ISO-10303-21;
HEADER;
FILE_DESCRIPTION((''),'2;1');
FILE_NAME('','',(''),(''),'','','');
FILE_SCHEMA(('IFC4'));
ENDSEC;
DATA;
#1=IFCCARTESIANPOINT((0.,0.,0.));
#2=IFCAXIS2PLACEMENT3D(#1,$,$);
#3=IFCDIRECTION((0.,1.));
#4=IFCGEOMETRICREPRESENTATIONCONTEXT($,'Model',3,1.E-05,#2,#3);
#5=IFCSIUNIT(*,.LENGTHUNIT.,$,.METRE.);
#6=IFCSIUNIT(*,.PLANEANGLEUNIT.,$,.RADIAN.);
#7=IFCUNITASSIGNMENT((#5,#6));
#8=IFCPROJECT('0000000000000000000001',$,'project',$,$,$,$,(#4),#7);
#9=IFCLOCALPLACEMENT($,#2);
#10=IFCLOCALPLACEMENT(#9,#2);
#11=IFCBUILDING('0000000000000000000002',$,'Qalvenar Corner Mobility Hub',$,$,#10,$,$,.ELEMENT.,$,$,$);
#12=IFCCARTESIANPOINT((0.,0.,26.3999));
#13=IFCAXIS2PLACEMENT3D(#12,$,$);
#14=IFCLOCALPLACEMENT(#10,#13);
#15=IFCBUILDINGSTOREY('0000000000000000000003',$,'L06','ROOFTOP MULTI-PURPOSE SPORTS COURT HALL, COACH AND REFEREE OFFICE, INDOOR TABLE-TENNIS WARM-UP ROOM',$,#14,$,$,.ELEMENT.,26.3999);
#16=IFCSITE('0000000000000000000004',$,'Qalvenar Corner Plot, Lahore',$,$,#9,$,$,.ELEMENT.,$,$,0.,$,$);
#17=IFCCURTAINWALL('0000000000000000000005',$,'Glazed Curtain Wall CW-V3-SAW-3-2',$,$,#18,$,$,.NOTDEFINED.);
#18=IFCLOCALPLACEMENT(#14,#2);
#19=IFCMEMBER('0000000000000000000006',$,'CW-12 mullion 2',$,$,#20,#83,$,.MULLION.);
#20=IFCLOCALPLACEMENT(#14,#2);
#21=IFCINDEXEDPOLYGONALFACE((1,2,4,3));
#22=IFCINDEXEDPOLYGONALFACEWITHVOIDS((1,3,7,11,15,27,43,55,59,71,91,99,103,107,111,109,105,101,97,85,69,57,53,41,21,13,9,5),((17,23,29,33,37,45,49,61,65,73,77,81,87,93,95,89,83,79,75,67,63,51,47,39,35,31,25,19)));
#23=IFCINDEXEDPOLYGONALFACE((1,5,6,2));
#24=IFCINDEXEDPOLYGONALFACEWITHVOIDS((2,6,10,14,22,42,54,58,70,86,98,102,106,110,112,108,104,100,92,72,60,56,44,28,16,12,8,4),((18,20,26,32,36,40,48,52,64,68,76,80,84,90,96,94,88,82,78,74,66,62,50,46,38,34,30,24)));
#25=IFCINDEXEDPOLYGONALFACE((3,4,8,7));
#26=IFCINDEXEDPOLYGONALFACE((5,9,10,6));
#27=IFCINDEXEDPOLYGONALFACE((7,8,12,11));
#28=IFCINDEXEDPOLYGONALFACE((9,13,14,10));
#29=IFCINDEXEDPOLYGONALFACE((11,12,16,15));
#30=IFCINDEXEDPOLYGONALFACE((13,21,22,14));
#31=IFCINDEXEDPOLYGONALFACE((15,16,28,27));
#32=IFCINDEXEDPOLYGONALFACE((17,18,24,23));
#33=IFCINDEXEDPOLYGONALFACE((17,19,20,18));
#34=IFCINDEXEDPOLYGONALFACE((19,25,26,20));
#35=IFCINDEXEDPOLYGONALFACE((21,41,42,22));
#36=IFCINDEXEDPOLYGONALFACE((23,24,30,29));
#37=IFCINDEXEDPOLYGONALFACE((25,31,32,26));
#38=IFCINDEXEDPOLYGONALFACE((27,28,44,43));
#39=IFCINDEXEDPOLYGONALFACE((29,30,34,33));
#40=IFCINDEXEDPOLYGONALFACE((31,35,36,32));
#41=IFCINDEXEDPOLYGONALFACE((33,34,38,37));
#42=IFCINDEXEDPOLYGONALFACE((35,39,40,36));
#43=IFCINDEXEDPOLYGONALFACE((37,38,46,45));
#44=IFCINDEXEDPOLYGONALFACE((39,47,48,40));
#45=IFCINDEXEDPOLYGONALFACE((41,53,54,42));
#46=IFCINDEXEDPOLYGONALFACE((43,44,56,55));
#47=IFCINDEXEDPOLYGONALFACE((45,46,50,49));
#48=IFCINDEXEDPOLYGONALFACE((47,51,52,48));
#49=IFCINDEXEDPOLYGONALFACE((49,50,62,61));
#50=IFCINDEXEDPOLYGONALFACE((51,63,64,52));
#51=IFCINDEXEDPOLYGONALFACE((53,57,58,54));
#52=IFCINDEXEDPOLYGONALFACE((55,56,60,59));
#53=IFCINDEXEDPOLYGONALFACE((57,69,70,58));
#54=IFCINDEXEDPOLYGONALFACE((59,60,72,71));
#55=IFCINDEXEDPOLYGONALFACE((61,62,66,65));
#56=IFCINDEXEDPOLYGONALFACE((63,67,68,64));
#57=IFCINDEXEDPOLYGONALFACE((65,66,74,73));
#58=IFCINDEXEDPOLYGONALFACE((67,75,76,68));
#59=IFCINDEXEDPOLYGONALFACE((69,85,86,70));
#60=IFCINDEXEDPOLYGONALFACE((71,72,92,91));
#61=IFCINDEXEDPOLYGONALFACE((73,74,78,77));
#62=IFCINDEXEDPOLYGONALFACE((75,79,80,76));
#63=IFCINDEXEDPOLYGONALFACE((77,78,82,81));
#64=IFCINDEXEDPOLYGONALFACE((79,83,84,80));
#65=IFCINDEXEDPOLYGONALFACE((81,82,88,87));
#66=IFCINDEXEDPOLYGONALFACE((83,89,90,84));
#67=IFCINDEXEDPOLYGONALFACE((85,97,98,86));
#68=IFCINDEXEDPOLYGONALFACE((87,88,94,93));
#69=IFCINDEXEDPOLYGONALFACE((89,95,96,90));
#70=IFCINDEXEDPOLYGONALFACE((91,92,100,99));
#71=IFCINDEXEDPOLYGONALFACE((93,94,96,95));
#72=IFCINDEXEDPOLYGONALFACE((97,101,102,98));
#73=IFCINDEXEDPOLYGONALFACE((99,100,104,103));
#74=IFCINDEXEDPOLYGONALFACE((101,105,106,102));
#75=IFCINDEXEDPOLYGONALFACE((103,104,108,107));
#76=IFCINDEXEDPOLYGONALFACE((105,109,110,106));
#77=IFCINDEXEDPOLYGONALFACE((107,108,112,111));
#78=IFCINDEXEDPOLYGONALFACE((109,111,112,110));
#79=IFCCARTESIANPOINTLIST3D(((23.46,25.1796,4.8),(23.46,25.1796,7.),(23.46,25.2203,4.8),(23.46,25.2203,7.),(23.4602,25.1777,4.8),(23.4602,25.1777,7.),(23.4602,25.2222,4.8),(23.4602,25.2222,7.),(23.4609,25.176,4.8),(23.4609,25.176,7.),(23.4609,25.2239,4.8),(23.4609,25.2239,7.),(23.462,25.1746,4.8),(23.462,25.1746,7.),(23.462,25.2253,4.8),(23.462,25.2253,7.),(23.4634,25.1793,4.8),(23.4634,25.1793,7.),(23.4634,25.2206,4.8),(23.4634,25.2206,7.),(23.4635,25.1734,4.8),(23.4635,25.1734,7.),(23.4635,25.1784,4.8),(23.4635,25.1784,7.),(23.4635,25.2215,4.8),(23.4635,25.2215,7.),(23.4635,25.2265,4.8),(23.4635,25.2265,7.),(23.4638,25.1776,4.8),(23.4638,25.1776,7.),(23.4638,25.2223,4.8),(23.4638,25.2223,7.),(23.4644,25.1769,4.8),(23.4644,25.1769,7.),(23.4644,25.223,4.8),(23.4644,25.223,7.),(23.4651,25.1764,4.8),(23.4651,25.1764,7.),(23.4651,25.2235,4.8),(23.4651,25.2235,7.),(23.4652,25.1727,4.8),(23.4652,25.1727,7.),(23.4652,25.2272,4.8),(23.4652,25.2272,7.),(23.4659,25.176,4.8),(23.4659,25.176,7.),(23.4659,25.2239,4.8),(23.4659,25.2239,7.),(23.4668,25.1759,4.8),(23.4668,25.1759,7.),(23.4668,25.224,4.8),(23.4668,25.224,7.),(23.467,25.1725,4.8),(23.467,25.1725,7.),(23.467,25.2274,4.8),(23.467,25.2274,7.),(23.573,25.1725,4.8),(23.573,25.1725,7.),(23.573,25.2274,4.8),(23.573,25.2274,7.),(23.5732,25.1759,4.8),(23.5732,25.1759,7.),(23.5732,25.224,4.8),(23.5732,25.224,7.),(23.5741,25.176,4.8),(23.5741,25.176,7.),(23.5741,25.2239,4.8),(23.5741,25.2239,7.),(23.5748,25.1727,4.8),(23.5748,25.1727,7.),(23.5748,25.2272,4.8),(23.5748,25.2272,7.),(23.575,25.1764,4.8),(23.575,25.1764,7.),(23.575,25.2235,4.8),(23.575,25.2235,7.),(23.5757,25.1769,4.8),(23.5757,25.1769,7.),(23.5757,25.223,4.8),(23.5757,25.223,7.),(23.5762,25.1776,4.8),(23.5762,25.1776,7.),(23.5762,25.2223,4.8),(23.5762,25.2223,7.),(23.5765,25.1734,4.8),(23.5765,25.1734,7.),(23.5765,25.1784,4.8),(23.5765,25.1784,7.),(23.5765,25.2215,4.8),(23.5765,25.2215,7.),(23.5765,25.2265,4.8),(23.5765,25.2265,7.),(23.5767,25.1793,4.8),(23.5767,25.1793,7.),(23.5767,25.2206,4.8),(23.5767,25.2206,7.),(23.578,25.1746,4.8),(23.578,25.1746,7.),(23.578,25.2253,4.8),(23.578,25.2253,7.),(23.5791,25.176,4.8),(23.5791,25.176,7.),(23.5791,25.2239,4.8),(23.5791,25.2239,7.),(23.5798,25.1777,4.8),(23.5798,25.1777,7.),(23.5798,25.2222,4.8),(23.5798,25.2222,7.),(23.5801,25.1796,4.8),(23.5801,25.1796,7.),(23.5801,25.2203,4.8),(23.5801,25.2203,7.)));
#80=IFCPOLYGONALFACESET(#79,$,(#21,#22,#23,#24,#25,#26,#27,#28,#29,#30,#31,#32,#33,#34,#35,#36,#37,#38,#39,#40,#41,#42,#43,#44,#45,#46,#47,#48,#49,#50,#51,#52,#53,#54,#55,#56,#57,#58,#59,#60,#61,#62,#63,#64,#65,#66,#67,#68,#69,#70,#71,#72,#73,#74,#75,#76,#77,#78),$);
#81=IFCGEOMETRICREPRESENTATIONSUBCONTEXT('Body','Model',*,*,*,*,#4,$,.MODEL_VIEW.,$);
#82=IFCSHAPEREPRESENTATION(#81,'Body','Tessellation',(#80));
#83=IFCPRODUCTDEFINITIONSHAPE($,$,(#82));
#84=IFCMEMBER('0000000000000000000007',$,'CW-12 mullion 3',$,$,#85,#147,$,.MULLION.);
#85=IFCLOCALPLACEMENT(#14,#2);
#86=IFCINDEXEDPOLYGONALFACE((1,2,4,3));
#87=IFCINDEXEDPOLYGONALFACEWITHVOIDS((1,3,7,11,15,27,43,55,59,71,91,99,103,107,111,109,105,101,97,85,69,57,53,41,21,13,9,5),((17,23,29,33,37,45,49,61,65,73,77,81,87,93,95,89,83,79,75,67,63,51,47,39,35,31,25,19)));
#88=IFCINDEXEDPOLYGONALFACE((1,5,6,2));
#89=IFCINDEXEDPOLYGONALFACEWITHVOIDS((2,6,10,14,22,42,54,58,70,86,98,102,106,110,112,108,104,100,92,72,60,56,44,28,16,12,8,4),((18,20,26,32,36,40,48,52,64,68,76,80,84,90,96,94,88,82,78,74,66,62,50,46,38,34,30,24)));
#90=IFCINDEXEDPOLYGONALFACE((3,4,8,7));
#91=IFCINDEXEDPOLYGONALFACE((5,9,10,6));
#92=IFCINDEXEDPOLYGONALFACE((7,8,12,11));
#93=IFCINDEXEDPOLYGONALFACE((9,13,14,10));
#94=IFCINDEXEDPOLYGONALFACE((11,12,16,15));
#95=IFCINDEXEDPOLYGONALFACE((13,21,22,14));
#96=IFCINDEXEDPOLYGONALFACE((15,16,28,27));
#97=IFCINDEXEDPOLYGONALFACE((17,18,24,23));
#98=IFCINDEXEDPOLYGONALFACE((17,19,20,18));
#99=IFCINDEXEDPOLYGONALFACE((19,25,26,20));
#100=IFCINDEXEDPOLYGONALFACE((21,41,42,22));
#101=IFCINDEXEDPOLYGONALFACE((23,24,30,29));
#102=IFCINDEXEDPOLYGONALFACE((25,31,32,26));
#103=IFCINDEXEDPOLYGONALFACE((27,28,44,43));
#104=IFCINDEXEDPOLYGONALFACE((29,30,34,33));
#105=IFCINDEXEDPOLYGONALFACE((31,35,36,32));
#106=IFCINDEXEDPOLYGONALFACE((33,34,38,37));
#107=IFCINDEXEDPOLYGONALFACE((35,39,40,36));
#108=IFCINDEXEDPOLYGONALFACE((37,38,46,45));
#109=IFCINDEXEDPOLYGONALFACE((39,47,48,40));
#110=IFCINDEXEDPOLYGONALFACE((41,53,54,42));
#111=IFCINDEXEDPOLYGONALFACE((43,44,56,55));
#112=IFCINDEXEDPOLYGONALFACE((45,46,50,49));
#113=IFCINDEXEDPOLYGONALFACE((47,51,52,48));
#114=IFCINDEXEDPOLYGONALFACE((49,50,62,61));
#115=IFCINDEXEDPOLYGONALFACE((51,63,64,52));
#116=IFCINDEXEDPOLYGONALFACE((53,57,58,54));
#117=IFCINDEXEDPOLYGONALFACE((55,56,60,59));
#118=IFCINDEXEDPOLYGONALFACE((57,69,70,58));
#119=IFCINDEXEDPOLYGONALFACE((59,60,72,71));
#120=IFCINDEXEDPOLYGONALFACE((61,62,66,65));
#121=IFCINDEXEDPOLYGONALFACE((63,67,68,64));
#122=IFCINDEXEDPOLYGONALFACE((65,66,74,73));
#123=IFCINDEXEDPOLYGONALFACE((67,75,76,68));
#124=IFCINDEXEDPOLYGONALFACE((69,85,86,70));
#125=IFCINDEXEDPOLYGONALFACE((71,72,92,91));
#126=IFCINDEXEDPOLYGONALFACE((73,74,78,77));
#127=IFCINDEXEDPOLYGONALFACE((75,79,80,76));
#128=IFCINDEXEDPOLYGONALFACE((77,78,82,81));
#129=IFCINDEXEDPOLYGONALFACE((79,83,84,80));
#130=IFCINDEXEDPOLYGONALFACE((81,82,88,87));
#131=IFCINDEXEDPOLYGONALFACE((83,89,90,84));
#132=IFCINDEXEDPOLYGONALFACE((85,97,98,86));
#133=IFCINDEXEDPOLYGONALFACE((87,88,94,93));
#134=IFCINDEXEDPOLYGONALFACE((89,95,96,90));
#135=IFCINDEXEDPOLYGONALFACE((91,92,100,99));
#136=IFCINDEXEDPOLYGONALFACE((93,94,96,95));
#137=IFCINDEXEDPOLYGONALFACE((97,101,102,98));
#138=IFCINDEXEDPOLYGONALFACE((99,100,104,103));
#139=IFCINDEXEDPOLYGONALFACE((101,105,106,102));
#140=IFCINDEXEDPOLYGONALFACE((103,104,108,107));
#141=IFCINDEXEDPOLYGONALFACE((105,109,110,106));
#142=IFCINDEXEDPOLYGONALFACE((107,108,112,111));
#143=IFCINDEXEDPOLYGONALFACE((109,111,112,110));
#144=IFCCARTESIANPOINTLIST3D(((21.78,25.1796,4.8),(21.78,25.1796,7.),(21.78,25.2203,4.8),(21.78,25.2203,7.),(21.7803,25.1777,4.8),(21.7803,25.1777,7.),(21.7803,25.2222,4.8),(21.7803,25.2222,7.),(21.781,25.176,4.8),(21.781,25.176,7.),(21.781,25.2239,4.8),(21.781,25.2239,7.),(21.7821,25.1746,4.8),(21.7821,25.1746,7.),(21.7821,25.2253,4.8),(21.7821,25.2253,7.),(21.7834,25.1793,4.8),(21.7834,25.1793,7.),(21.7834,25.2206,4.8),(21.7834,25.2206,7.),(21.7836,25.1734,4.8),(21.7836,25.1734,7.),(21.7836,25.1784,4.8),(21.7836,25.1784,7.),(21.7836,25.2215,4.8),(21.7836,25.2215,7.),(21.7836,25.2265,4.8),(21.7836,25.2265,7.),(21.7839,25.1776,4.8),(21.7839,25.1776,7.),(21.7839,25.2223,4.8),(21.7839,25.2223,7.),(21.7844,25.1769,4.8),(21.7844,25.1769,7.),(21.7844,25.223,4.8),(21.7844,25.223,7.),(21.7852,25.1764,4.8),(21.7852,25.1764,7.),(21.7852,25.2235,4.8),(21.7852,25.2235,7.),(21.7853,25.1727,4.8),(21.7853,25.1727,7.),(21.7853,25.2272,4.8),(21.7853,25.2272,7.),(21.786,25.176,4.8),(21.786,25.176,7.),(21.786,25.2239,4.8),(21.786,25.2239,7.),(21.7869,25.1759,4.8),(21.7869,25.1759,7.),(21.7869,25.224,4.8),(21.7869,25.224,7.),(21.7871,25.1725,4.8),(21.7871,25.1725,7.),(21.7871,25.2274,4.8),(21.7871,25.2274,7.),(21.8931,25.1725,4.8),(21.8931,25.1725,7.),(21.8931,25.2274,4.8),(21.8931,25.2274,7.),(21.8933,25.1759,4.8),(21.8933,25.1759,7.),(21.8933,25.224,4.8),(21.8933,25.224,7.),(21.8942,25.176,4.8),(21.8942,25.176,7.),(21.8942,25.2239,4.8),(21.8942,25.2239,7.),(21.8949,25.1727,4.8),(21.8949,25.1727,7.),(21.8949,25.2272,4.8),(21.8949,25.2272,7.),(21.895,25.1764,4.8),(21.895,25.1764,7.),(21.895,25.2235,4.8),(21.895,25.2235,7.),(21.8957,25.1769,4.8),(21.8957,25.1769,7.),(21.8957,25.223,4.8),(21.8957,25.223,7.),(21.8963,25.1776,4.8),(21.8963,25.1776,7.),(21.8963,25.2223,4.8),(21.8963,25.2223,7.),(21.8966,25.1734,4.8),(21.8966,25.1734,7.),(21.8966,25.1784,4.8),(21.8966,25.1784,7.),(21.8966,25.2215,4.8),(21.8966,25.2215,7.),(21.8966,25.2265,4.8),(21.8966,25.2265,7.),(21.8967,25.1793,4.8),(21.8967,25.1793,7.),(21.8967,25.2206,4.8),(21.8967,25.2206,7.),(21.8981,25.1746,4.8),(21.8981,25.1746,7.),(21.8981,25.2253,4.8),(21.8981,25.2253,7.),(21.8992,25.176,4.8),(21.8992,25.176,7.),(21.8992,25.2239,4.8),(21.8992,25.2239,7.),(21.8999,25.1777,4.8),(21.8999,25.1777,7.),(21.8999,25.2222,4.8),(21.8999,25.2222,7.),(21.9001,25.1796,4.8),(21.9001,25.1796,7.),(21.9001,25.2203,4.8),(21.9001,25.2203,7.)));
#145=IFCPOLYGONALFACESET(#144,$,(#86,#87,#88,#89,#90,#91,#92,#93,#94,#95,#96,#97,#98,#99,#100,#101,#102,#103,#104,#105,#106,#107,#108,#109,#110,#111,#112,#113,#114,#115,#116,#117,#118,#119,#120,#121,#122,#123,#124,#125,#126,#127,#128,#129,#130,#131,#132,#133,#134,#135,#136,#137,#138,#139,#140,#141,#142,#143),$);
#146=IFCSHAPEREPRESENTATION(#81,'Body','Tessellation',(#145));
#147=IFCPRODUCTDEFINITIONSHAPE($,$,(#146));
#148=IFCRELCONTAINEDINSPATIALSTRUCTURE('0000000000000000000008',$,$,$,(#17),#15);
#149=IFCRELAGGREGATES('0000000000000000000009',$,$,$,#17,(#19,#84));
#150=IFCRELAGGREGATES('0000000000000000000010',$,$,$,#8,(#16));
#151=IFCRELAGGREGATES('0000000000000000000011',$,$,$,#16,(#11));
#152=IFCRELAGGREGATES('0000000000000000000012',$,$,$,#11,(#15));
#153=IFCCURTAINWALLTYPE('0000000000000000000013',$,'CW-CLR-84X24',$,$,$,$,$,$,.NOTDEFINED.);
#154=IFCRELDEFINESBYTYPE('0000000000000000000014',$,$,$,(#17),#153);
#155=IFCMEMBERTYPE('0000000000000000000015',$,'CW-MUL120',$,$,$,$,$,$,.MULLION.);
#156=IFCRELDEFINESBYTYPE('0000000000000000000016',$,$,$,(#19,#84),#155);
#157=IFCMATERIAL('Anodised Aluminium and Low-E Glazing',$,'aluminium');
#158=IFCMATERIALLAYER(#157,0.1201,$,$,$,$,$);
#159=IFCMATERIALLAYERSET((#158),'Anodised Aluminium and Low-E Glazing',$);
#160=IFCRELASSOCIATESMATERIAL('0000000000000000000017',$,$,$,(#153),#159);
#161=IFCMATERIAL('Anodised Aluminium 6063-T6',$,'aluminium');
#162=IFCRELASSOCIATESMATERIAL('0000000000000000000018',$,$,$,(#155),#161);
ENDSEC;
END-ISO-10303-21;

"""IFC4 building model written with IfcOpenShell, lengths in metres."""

from ifc_helpers import new_model, si_unit, direction, frame, origin, origin_2d, place, context, subcontext, project, spatial, hollow_rectangle, extrude, material, layer, layer_set, material_profile, profile_set, type_object, element, aggregate, save


model = new_model("IFC4")

# Units and contexts
model_context = context("Model", 3, precision=1e-05, world=origin(), true_north=direction((0.0, 1.0)))
body_context = subcontext(model_context, "Body", "Model", "MODEL_VIEW")
ifc_project = project(units=[si_unit("LENGTHUNIT", "METRE"), si_unit("PLANEANGLEUNIT", "RADIAN")], contexts=[model_context])

# Site, building, storey
site_placement = place(None, origin())
site = spatial("IfcSite", under=ifc_project, at=site_placement, Name="Qalvenar Corner Plot, Lahore", CompositionType="ELEMENT", RefElevation=0.0)
building_placement = place(site_placement, origin())
building = spatial("IfcBuilding", under=site, at=building_placement, Name="Qalvenar Corner Mobility Hub", CompositionType="ELEMENT")
storey_placement = place(building_placement, frame((0.0, 0.0, 26.3999)))
storey = spatial("IfcBuildingStorey", under=building, at=storey_placement, Name="L06", Description="ROOFTOP MULTI-PURPOSE SPORTS COURT HALL, COACH AND REFEREE OFFICE, INDOOR TABLE-TENNIS WARM-UP ROOM", CompositionType="ELEMENT", Elevation=26.3999)

# Curtain wall, members
ifc_material_1 = material(Name="Anodised Aluminium and Low-E Glazing", Category="aluminium")
ifc_layer_1 = layer(ifc_material_1, 0.1201)
ifc_layer_set_1 = layer_set([ifc_layer_1], Name="Anodised Aluminium and Low-E Glazing")
curtain_wall_type = type_object("IfcCurtainWallType", Name="CW-CLR-84X24", PredefinedType="NOTDEFINED", material=ifc_layer_set_1)
curtain_wall_1_placement = place(storey_placement, origin())
curtain_wall_1 = element("IfcCurtainWall", 1, at=curtain_wall_1_placement, inside=storey, type_object=curtain_wall_type, Name="Glazed Curtain Wall CW-V3-SAW-3-2", PredefinedType="NOTDEFINED")
ifc_material_2 = material(Name="Anodised Aluminium 6063-T6", Category="aluminium")
ifc_material_profile_1 = material_profile(ifc_material_2, hollow_rectangle(XDim=0.0549, YDim=0.1201, WallThickness=0.0034, InnerFilletRadius=0.0034, OuterFilletRadius=0.0071, at=origin_2d()), Name="RHS120x55x3.5")
ifc_profile_set_1 = profile_set([ifc_material_profile_1], Name="Anodised Aluminium 6063-T6")
member_type_1 = type_object("IfcMemberType", Name="CW-MUL120", PredefinedType="MULLION", material=ifc_profile_set_1)
member_1_placement = place(storey_placement, frame((23.52, 25.2, 4.8), z_axis=(0.0, 0.0, 1.0), x_axis=(0.0, -1.0, 0.0)))
member_1 = element("IfcMember", 2, at=member_1_placement, type_object=member_type_1, Name="CW-12 mullion 2", PredefinedType="MULLION", context=body_context, shape_type="SweptSolid", body=[
    extrude(hollow_rectangle(XDim=0.0549, YDim=0.1201, WallThickness=0.0034, InnerFilletRadius=0.0034, OuterFilletRadius=0.0071, at=origin_2d()), origin(), (0.0, 0.0, 1.0), 2.2),
])
member_2_placement = place(storey_placement, frame((21.8401, 25.2, 4.8), z_axis=(0.0, 0.0, 1.0), x_axis=(0.0, -1.0, 0.0)))
member_2 = element("IfcMember", 3, at=member_2_placement, type_object=member_type_1, Name="CW-12 mullion 3", PredefinedType="MULLION", context=body_context, shape_type="SweptSolid", body=[
    extrude(hollow_rectangle(XDim=0.0549, YDim=0.1201, WallThickness=0.0034, InnerFilletRadius=0.0034, OuterFilletRadius=0.0071, at=origin_2d()), origin(), (0.0, 0.0, 1.0), 2.2),
])

aggregate(curtain_wall_1, [member_1, member_2])

save(model, "model.ifc")
